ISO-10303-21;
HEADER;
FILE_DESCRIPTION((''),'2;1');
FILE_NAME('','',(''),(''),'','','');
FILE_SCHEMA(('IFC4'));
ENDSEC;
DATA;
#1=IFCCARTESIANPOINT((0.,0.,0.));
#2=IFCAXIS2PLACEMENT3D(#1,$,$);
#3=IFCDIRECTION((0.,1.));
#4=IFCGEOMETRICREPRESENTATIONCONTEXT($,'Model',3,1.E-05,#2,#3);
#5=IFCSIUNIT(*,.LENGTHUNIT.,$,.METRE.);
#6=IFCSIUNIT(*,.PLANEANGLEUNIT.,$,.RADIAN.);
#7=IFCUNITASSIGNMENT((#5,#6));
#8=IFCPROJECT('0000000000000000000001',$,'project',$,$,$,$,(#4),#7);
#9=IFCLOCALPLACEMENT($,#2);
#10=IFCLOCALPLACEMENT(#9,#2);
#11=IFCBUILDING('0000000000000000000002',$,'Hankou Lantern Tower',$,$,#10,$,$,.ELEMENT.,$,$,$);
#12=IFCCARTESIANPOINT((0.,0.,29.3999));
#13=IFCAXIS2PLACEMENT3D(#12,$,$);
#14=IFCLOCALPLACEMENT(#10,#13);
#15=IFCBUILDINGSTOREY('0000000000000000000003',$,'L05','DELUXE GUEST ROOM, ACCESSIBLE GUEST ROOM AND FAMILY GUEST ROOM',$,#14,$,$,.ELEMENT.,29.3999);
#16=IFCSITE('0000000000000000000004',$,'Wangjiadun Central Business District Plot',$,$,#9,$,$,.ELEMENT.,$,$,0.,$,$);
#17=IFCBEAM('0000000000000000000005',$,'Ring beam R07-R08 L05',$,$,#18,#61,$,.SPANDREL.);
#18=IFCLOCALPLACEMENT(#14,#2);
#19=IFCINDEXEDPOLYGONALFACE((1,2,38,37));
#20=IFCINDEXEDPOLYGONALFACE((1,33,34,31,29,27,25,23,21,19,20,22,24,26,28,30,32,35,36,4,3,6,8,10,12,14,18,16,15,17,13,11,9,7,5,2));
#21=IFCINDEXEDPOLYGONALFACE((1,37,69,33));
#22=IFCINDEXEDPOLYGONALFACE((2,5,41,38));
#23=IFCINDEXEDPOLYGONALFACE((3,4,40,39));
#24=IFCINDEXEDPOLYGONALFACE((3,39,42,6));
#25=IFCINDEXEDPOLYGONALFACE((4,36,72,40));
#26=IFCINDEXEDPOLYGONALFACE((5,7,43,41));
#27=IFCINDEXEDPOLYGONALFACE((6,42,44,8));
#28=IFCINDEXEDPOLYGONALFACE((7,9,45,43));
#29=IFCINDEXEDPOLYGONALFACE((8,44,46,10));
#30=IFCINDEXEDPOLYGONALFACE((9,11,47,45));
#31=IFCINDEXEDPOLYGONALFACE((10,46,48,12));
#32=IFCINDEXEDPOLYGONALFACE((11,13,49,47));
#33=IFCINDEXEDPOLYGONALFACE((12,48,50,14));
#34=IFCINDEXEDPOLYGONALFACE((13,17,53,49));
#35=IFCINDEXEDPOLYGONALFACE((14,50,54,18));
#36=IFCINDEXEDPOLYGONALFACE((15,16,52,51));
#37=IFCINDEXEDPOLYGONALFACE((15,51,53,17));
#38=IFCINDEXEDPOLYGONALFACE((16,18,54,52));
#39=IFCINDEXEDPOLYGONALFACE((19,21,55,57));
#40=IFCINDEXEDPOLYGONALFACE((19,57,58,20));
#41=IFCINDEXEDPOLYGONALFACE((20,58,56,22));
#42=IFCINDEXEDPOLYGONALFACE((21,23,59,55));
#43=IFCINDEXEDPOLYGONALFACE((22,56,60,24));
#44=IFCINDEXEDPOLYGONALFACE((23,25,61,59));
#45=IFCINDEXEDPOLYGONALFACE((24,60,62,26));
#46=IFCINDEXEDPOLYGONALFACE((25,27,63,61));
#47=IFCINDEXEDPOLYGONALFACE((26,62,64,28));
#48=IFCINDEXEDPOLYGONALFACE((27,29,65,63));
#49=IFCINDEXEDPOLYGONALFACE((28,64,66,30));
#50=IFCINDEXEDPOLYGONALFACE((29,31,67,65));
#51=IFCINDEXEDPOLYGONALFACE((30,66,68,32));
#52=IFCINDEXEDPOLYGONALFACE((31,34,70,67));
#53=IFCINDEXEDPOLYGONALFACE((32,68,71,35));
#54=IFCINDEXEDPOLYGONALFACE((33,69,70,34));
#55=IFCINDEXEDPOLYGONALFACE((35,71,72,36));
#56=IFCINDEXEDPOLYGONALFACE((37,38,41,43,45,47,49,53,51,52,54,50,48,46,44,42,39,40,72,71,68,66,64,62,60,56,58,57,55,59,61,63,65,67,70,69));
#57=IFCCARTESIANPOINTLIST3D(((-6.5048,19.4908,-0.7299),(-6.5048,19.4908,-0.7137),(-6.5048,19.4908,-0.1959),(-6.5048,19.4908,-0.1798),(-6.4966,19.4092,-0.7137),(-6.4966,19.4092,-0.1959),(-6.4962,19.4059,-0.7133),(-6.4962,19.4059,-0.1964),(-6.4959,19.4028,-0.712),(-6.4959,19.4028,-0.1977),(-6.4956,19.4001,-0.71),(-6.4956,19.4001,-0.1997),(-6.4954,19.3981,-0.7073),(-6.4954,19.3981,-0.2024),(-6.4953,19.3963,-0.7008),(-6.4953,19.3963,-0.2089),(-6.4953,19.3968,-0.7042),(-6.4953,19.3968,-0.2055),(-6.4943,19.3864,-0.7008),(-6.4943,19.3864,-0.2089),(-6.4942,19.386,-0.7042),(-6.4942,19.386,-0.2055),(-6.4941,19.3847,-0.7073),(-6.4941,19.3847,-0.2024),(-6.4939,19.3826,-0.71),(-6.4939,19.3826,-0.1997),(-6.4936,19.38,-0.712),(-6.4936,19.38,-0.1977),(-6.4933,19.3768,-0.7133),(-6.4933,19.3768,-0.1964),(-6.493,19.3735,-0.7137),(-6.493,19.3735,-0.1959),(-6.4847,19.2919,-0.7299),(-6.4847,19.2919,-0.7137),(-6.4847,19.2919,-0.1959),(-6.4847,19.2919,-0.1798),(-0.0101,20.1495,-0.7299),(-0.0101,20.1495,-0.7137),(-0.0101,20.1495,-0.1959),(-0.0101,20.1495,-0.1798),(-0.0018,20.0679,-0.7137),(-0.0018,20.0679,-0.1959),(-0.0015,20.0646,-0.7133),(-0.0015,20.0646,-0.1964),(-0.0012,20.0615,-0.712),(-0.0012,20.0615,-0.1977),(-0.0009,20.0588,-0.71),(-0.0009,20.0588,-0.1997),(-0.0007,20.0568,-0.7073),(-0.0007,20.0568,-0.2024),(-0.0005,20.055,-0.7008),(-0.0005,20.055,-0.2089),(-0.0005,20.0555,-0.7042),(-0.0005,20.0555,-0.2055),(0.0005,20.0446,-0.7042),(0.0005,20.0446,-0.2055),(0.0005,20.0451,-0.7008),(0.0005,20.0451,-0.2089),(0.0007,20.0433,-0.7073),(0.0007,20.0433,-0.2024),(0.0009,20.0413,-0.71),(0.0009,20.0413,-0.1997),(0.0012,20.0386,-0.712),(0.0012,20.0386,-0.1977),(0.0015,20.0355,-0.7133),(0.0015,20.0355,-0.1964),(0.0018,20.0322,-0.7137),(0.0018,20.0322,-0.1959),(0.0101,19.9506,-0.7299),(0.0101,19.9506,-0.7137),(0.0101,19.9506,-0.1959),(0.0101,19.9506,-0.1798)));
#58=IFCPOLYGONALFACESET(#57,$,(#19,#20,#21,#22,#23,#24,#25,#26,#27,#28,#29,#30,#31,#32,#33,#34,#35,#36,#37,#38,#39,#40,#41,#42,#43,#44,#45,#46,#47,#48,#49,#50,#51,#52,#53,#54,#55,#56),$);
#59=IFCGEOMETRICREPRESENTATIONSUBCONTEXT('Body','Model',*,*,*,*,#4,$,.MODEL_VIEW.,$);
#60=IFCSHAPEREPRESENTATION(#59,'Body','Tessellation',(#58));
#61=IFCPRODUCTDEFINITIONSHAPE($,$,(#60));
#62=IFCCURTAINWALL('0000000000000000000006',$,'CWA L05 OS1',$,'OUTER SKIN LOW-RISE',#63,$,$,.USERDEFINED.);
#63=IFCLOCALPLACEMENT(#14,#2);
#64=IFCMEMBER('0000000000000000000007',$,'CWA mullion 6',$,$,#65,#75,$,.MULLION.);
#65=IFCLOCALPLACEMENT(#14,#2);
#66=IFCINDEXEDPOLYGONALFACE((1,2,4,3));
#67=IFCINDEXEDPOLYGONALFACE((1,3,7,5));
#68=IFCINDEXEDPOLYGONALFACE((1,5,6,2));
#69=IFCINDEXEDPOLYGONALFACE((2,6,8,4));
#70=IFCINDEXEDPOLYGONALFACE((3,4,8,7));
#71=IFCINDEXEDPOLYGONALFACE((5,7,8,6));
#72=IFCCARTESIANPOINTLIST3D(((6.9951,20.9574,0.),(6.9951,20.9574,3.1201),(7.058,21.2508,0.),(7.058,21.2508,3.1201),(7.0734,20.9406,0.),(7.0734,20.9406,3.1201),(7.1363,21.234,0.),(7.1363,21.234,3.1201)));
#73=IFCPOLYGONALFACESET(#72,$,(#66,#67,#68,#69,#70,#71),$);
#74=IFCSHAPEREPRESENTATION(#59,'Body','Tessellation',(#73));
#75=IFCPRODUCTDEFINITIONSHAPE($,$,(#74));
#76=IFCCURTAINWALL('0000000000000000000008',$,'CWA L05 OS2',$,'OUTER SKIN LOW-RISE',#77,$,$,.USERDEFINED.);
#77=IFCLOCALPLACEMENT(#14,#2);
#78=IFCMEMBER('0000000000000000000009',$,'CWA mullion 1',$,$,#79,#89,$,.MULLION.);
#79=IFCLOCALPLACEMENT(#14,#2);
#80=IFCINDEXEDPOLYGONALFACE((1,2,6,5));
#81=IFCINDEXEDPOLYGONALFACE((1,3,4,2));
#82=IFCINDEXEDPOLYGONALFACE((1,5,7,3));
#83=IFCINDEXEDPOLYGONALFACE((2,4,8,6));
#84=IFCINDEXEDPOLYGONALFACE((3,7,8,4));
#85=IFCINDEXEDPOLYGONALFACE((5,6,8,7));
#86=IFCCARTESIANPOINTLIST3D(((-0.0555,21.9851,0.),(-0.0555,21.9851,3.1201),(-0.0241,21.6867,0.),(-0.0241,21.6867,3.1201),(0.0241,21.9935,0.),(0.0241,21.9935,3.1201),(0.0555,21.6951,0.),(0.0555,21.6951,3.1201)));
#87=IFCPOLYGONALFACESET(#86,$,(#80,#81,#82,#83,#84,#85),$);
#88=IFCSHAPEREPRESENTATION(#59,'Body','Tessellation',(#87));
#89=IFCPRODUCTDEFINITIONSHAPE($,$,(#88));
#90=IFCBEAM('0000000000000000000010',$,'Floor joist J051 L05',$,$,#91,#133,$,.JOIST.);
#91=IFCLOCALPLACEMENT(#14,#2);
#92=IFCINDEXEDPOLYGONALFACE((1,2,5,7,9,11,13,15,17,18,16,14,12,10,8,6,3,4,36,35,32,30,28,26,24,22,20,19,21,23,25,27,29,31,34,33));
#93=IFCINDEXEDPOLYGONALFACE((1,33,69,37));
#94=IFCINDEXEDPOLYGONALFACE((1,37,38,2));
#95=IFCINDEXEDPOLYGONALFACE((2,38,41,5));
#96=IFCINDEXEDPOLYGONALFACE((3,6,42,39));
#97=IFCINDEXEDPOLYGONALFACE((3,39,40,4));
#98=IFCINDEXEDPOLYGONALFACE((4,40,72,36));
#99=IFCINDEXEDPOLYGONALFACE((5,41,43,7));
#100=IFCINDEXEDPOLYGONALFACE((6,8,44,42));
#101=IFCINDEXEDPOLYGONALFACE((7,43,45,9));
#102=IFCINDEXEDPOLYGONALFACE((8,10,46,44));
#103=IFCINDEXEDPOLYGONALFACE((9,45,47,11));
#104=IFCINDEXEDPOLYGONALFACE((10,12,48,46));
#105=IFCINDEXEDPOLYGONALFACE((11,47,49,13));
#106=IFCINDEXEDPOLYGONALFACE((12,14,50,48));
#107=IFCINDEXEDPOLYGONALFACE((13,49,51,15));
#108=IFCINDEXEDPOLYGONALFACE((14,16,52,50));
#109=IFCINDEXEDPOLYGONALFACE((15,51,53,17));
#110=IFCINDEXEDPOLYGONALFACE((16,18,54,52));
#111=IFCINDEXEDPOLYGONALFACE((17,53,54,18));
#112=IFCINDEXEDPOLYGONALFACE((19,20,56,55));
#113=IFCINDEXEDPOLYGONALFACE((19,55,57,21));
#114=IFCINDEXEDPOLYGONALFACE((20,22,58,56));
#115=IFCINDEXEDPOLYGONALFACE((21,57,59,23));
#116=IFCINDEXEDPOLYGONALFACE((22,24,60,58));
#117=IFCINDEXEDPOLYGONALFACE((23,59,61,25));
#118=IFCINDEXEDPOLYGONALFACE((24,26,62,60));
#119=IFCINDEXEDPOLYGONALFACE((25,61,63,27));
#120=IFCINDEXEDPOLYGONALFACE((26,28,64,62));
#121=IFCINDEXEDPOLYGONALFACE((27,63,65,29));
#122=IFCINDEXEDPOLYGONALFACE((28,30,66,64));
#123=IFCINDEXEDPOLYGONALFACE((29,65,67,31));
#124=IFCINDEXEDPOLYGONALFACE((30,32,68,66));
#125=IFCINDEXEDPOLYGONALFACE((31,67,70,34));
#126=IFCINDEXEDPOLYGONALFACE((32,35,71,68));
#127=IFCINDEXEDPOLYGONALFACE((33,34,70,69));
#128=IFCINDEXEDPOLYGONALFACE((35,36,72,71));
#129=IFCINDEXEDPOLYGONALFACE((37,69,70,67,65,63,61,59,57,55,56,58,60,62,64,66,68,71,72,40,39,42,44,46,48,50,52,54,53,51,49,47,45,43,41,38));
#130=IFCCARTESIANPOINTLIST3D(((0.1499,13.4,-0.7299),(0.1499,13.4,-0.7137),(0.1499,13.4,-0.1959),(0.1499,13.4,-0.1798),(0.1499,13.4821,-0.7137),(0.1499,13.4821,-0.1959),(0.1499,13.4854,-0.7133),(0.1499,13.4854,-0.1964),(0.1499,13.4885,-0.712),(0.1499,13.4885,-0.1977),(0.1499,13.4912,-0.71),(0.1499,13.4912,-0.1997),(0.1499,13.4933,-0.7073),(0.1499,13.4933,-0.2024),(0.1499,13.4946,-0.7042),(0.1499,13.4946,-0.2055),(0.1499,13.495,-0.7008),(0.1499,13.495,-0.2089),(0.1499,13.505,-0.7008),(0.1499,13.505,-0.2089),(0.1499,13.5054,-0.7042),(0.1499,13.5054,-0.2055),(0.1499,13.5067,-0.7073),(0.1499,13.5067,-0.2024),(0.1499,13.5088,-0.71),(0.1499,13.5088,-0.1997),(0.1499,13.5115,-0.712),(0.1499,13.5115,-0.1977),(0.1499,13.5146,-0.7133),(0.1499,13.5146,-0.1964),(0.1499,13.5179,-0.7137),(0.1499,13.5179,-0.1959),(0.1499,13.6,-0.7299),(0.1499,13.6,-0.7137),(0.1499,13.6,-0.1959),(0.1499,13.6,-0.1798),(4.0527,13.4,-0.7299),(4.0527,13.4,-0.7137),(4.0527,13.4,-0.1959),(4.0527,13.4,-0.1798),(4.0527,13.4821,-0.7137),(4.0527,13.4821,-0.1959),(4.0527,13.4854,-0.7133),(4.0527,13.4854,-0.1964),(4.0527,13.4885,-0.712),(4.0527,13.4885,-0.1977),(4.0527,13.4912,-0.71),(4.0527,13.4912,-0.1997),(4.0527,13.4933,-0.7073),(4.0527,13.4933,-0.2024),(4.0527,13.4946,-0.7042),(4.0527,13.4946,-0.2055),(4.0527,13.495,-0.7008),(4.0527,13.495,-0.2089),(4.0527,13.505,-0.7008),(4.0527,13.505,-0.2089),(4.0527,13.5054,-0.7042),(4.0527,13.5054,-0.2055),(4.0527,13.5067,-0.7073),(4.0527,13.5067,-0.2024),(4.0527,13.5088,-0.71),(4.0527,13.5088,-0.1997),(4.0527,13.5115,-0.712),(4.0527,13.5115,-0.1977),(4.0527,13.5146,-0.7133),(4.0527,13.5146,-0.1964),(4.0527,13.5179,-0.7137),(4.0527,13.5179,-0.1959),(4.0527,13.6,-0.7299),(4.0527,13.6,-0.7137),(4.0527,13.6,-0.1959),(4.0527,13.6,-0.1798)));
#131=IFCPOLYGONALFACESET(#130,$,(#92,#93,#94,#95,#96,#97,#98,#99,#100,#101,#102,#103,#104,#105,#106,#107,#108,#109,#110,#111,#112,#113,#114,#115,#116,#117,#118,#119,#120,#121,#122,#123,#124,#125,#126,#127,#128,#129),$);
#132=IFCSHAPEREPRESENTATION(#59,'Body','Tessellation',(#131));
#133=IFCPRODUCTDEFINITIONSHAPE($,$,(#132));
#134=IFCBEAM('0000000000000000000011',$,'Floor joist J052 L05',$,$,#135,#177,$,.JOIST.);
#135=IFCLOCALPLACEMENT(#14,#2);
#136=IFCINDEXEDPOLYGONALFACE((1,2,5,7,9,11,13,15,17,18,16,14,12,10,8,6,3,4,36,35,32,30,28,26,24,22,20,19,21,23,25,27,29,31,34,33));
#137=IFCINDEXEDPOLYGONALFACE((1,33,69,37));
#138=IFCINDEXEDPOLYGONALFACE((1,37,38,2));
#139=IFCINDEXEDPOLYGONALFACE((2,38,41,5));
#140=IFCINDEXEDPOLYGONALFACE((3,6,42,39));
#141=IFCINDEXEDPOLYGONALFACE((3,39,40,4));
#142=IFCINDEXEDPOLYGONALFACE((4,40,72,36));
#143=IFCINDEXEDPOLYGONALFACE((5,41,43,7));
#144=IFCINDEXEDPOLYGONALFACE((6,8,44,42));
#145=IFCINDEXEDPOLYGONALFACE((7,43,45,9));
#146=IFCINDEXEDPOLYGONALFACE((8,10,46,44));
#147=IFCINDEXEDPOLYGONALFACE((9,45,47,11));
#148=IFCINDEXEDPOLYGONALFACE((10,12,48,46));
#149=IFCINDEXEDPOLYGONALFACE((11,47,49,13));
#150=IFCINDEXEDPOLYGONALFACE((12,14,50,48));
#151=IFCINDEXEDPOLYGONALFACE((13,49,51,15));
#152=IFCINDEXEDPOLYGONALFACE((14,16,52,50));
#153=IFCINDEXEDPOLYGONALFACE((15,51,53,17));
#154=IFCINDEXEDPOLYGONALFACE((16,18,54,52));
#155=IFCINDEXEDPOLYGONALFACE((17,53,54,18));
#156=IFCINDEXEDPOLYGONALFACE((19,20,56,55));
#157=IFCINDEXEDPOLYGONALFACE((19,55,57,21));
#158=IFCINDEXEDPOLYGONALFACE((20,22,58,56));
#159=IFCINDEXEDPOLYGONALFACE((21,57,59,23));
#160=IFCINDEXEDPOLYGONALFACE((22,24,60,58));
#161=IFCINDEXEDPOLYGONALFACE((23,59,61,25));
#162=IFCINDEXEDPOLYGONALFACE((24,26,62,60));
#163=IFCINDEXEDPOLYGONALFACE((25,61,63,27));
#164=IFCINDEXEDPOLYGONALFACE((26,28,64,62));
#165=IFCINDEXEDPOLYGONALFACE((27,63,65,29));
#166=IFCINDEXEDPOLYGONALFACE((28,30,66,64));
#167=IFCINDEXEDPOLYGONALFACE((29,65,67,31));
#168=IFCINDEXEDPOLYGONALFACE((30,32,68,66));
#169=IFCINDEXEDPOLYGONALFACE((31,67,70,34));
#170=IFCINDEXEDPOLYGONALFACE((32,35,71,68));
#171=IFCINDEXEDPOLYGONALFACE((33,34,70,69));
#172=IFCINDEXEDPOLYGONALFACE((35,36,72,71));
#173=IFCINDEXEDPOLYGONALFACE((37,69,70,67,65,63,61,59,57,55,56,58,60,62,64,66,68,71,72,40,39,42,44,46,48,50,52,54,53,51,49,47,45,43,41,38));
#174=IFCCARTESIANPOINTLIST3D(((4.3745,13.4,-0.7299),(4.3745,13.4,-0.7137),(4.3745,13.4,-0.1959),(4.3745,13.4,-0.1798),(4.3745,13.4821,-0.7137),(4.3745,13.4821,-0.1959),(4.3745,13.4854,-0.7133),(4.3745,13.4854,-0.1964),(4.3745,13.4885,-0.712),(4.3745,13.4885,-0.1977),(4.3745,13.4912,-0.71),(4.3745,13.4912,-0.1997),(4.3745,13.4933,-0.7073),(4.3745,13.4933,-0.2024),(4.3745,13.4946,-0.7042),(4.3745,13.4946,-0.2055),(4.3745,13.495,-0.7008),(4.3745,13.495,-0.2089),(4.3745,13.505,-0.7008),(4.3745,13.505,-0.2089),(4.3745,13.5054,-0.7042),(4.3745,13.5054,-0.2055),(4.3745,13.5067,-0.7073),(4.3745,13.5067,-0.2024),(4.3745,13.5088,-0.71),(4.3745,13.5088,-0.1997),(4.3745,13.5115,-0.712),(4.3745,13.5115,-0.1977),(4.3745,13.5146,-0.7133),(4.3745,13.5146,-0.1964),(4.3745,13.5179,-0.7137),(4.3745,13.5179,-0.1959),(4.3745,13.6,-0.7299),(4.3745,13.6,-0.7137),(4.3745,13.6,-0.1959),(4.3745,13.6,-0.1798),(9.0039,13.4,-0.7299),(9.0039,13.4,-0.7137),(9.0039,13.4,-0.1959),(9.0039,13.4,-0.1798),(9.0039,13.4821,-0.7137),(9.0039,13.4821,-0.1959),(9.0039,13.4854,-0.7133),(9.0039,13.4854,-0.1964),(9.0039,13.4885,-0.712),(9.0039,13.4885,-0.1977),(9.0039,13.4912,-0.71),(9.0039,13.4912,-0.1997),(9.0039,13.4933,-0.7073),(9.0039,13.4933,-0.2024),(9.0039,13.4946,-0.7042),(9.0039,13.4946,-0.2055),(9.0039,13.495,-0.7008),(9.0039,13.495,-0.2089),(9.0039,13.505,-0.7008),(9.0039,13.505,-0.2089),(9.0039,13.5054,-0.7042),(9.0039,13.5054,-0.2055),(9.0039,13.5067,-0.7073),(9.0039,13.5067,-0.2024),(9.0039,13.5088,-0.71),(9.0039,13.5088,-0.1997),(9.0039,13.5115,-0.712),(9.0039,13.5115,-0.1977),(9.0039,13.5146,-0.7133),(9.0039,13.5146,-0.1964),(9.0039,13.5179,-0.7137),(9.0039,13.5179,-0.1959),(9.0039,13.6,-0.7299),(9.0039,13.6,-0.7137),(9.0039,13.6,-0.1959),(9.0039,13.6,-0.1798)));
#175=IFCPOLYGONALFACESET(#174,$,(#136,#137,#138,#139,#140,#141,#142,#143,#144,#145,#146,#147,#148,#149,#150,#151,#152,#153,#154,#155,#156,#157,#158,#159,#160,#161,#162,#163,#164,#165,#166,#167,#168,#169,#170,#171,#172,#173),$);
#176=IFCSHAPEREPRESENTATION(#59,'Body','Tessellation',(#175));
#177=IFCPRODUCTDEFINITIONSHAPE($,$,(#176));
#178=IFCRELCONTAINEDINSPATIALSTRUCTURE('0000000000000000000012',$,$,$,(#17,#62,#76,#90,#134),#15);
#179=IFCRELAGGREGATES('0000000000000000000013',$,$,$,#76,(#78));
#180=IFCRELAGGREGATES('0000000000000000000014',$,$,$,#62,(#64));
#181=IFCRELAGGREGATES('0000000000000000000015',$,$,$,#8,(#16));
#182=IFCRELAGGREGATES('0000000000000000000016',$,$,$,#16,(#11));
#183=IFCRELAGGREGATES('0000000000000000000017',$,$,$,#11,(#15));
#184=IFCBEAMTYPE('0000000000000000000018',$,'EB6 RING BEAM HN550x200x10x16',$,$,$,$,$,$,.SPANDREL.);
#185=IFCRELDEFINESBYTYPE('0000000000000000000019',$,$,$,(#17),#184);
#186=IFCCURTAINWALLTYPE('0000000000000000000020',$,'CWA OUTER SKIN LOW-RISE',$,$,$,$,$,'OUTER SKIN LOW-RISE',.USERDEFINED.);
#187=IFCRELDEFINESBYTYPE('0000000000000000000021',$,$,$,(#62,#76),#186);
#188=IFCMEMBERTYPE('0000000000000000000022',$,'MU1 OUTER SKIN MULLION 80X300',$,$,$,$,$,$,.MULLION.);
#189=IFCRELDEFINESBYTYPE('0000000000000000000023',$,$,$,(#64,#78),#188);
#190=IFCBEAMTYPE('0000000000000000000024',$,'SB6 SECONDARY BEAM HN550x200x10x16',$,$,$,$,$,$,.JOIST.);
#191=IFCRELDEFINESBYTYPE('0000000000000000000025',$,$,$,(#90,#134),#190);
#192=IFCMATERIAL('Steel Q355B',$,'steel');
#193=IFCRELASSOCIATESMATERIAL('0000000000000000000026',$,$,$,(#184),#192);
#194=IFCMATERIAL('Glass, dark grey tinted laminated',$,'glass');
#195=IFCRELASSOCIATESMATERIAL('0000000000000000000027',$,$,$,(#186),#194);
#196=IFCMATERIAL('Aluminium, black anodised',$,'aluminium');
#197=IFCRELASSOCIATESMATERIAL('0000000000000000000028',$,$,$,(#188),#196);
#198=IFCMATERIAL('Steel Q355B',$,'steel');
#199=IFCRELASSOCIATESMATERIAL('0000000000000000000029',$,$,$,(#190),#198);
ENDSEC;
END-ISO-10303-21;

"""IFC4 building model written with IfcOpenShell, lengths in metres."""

from ifc_helpers import new_model, si_unit, direction, frame, origin, origin_2d, place, context, subcontext, project, spatial, rectangle, i_section, extrude, material, material_profile, profile_set, type_object, element, aggregate, save


model = new_model("IFC4")

# Units and contexts
model_context = context("Model", 3, precision=1e-05, world=origin(), true_north=direction((0.0, 1.0)))
body_context = subcontext(model_context, "Body", "Model", "MODEL_VIEW")
ifc_project = project(units=[si_unit("LENGTHUNIT", "METRE"), si_unit("PLANEANGLEUNIT", "RADIAN")], contexts=[model_context])

# Site, building, storey
site_placement = place(None, origin())
site = spatial("IfcSite", under=ifc_project, at=site_placement, Name="Wangjiadun Central Business District Plot", CompositionType="ELEMENT", RefElevation=0.0)
building_placement = place(site_placement, origin())
building = spatial("IfcBuilding", under=site, at=building_placement, Name="Hankou Lantern Tower", CompositionType="ELEMENT")
storey_placement = place(building_placement, frame((0.0, 0.0, 29.3999)))
storey = spatial("IfcBuildingStorey", under=building, at=storey_placement, Name="L05", Description="DELUXE GUEST ROOM, ACCESSIBLE GUEST ROOM AND FAMILY GUEST ROOM", CompositionType="ELEMENT", Elevation=29.3999)

# Beam
ifc_material_1 = material(Name="Steel Q355B", Category="steel")
ifc_material_profile_1 = material_profile(ifc_material_1, i_section(OverallWidth=0.2, OverallDepth=0.55, WebThickness=0.01, FlangeThickness=0.0161, FilletRadius=0.0129, at=origin_2d()), Name="HN550x200x10x16")
ifc_profile_set_1 = profile_set([ifc_material_profile_1], Name="Steel Q355B")
beam_type_1 = type_object("IfcBeamType", Name="EB6 RING BEAM HN550x200x10x16", PredefinedType="SPANDREL", material=ifc_profile_set_1)
for number, where, z_axis, x_axis, name in (
    (1, (0.0, 20.05, -0.4548), (-0.994897, -0.1009, 0.0), (0.1009, -0.994897, 0.0), "Ring beam R07-R08 L05"),
):
    element("IfcBeam", number, at=place(storey_placement, frame(where, z_axis=z_axis, x_axis=x_axis)), inside=storey, type_object=beam_type_1, Name=name, PredefinedType="SPANDREL", context=body_context, shape_type="SweptSolid", body=[
        extrude(i_section(OverallWidth=0.2, OverallDepth=0.55, WebThickness=0.01, FlangeThickness=0.0161, FilletRadius=0.0129, at=origin_2d()), origin(), (0.0, 0.0, 1.0), 6.5281),
    ])

# Curtain walls, members
ifc_material_2 = material(Name="Glass, dark grey tinted laminated", Category="glass")
curtain_wall_type = type_object("IfcCurtainWallType", Name="CWA OUTER SKIN LOW-RISE", ElementType="OUTER SKIN LOW-RISE", PredefinedType="USERDEFINED", material=ifc_material_2)
curtain_wall_1_placement = place(storey_placement, origin())
curtain_wall_1 = element("IfcCurtainWall", 2, at=curtain_wall_1_placement, inside=storey, type_object=curtain_wall_type, Name="CWA L05 OS1", ObjectType="OUTER SKIN LOW-RISE", PredefinedType="USERDEFINED")
ifc_material_3 = material(Name="Aluminium, black anodised", Category="aluminium")
ifc_material_profile_2 = material_profile(ifc_material_3, rectangle(XDim=0.0801, YDim=0.3, at=origin_2d()), Name="MU1 80X300")
ifc_profile_set_2 = profile_set([ifc_material_profile_2], Name="Aluminium, black anodised")
member_type_1 = type_object("IfcMemberType", Name="MU1 OUTER SKIN MULLION 80X300", PredefinedType="MULLION", material=ifc_profile_set_2)
member_1_placement = place(storey_placement, frame((7.0657, 21.0957, 0.0), z_axis=(0.0, 0.0, 1.0), x_axis=(-0.977788, 0.209598, 0.0)))
member_1 = element("IfcMember", 3, at=member_1_placement, type_object=member_type_1, Name="CWA mullion 6", PredefinedType="MULLION", context=body_context, shape_type="SweptSolid", body=[
    extrude(rectangle(XDim=0.0801, YDim=0.3, at=origin_2d()), origin(), (0.0, 0.0, 1.0), 3.1201),
])
curtain_wall_2_placement = place(storey_placement, origin())
curtain_wall_2 = element("IfcCurtainWall", 4, at=curtain_wall_2_placement, inside=storey, type_object=curtain_wall_type, Name="CWA L05 OS2", ObjectType="OUTER SKIN LOW-RISE", PredefinedType="USERDEFINED")
member_2_placement = place(storey_placement, frame((0.0, 21.8401, 0.0), z_axis=(0.0, 0.0, 1.0), x_axis=(-0.994499, -0.104743, 0.0)))
member_2 = element("IfcMember", 5, at=member_2_placement, type_object=member_type_1, Name="CWA mullion 1", PredefinedType="MULLION", context=body_context, shape_type="SweptSolid", body=[
    extrude(rectangle(XDim=0.0801, YDim=0.3, at=origin_2d()), origin(), (0.0, 0.0, 1.0), 3.1201),
])
aggregate(curtain_wall_2, [member_2])

# Beams
ifc_material_4 = material(Name="Steel Q355B", Category="steel")
ifc_material_profile_3 = material_profile(ifc_material_4, i_section(OverallWidth=0.2, OverallDepth=0.55, WebThickness=0.01, FlangeThickness=0.0161, FilletRadius=0.0129, at=origin_2d()), Name="HN550x200x10x16")
ifc_profile_set_3 = profile_set([ifc_material_profile_3], Name="Steel Q355B")
beam_type_2 = type_object("IfcBeamType", Name="SB6 SECONDARY BEAM HN550x200x10x16", PredefinedType="JOIST", material=ifc_profile_set_3)
beam_1_placement = place(storey_placement, frame((0.1499, 13.5, -0.4548), z_axis=(1.0, 0.0, 0.0), x_axis=(0.0, 1.0, 0.0)))
element("IfcBeam", 6, at=beam_1_placement, inside=storey, type_object=beam_type_2, Name="Floor joist J051 L05", PredefinedType="JOIST", context=body_context, shape_type="SweptSolid", body=[
    extrude(i_section(OverallWidth=0.2, OverallDepth=0.55, WebThickness=0.01, FlangeThickness=0.0161, FilletRadius=0.0129, at=origin_2d()), origin(), (0.0, 0.0, 1.0), 3.9028),
])
beam_2_placement = place(storey_placement, frame((4.3745, 13.5, -0.4548), z_axis=(1.0, 0.0, 0.0), x_axis=(0.0, 1.0, 0.0)))
element("IfcBeam", 7, at=beam_2_placement, inside=storey, type_object=beam_type_2, Name="Floor joist J052 L05", PredefinedType="JOIST", context=body_context, shape_type="SweptSolid", body=[
    extrude(i_section(OverallWidth=0.2, OverallDepth=0.55, WebThickness=0.01, FlangeThickness=0.0161, FilletRadius=0.0129, at=origin_2d()), origin(), (0.0, 0.0, 1.0), 4.6294),
])

aggregate(curtain_wall_1, [member_1])

save(model, "model.ifc")
